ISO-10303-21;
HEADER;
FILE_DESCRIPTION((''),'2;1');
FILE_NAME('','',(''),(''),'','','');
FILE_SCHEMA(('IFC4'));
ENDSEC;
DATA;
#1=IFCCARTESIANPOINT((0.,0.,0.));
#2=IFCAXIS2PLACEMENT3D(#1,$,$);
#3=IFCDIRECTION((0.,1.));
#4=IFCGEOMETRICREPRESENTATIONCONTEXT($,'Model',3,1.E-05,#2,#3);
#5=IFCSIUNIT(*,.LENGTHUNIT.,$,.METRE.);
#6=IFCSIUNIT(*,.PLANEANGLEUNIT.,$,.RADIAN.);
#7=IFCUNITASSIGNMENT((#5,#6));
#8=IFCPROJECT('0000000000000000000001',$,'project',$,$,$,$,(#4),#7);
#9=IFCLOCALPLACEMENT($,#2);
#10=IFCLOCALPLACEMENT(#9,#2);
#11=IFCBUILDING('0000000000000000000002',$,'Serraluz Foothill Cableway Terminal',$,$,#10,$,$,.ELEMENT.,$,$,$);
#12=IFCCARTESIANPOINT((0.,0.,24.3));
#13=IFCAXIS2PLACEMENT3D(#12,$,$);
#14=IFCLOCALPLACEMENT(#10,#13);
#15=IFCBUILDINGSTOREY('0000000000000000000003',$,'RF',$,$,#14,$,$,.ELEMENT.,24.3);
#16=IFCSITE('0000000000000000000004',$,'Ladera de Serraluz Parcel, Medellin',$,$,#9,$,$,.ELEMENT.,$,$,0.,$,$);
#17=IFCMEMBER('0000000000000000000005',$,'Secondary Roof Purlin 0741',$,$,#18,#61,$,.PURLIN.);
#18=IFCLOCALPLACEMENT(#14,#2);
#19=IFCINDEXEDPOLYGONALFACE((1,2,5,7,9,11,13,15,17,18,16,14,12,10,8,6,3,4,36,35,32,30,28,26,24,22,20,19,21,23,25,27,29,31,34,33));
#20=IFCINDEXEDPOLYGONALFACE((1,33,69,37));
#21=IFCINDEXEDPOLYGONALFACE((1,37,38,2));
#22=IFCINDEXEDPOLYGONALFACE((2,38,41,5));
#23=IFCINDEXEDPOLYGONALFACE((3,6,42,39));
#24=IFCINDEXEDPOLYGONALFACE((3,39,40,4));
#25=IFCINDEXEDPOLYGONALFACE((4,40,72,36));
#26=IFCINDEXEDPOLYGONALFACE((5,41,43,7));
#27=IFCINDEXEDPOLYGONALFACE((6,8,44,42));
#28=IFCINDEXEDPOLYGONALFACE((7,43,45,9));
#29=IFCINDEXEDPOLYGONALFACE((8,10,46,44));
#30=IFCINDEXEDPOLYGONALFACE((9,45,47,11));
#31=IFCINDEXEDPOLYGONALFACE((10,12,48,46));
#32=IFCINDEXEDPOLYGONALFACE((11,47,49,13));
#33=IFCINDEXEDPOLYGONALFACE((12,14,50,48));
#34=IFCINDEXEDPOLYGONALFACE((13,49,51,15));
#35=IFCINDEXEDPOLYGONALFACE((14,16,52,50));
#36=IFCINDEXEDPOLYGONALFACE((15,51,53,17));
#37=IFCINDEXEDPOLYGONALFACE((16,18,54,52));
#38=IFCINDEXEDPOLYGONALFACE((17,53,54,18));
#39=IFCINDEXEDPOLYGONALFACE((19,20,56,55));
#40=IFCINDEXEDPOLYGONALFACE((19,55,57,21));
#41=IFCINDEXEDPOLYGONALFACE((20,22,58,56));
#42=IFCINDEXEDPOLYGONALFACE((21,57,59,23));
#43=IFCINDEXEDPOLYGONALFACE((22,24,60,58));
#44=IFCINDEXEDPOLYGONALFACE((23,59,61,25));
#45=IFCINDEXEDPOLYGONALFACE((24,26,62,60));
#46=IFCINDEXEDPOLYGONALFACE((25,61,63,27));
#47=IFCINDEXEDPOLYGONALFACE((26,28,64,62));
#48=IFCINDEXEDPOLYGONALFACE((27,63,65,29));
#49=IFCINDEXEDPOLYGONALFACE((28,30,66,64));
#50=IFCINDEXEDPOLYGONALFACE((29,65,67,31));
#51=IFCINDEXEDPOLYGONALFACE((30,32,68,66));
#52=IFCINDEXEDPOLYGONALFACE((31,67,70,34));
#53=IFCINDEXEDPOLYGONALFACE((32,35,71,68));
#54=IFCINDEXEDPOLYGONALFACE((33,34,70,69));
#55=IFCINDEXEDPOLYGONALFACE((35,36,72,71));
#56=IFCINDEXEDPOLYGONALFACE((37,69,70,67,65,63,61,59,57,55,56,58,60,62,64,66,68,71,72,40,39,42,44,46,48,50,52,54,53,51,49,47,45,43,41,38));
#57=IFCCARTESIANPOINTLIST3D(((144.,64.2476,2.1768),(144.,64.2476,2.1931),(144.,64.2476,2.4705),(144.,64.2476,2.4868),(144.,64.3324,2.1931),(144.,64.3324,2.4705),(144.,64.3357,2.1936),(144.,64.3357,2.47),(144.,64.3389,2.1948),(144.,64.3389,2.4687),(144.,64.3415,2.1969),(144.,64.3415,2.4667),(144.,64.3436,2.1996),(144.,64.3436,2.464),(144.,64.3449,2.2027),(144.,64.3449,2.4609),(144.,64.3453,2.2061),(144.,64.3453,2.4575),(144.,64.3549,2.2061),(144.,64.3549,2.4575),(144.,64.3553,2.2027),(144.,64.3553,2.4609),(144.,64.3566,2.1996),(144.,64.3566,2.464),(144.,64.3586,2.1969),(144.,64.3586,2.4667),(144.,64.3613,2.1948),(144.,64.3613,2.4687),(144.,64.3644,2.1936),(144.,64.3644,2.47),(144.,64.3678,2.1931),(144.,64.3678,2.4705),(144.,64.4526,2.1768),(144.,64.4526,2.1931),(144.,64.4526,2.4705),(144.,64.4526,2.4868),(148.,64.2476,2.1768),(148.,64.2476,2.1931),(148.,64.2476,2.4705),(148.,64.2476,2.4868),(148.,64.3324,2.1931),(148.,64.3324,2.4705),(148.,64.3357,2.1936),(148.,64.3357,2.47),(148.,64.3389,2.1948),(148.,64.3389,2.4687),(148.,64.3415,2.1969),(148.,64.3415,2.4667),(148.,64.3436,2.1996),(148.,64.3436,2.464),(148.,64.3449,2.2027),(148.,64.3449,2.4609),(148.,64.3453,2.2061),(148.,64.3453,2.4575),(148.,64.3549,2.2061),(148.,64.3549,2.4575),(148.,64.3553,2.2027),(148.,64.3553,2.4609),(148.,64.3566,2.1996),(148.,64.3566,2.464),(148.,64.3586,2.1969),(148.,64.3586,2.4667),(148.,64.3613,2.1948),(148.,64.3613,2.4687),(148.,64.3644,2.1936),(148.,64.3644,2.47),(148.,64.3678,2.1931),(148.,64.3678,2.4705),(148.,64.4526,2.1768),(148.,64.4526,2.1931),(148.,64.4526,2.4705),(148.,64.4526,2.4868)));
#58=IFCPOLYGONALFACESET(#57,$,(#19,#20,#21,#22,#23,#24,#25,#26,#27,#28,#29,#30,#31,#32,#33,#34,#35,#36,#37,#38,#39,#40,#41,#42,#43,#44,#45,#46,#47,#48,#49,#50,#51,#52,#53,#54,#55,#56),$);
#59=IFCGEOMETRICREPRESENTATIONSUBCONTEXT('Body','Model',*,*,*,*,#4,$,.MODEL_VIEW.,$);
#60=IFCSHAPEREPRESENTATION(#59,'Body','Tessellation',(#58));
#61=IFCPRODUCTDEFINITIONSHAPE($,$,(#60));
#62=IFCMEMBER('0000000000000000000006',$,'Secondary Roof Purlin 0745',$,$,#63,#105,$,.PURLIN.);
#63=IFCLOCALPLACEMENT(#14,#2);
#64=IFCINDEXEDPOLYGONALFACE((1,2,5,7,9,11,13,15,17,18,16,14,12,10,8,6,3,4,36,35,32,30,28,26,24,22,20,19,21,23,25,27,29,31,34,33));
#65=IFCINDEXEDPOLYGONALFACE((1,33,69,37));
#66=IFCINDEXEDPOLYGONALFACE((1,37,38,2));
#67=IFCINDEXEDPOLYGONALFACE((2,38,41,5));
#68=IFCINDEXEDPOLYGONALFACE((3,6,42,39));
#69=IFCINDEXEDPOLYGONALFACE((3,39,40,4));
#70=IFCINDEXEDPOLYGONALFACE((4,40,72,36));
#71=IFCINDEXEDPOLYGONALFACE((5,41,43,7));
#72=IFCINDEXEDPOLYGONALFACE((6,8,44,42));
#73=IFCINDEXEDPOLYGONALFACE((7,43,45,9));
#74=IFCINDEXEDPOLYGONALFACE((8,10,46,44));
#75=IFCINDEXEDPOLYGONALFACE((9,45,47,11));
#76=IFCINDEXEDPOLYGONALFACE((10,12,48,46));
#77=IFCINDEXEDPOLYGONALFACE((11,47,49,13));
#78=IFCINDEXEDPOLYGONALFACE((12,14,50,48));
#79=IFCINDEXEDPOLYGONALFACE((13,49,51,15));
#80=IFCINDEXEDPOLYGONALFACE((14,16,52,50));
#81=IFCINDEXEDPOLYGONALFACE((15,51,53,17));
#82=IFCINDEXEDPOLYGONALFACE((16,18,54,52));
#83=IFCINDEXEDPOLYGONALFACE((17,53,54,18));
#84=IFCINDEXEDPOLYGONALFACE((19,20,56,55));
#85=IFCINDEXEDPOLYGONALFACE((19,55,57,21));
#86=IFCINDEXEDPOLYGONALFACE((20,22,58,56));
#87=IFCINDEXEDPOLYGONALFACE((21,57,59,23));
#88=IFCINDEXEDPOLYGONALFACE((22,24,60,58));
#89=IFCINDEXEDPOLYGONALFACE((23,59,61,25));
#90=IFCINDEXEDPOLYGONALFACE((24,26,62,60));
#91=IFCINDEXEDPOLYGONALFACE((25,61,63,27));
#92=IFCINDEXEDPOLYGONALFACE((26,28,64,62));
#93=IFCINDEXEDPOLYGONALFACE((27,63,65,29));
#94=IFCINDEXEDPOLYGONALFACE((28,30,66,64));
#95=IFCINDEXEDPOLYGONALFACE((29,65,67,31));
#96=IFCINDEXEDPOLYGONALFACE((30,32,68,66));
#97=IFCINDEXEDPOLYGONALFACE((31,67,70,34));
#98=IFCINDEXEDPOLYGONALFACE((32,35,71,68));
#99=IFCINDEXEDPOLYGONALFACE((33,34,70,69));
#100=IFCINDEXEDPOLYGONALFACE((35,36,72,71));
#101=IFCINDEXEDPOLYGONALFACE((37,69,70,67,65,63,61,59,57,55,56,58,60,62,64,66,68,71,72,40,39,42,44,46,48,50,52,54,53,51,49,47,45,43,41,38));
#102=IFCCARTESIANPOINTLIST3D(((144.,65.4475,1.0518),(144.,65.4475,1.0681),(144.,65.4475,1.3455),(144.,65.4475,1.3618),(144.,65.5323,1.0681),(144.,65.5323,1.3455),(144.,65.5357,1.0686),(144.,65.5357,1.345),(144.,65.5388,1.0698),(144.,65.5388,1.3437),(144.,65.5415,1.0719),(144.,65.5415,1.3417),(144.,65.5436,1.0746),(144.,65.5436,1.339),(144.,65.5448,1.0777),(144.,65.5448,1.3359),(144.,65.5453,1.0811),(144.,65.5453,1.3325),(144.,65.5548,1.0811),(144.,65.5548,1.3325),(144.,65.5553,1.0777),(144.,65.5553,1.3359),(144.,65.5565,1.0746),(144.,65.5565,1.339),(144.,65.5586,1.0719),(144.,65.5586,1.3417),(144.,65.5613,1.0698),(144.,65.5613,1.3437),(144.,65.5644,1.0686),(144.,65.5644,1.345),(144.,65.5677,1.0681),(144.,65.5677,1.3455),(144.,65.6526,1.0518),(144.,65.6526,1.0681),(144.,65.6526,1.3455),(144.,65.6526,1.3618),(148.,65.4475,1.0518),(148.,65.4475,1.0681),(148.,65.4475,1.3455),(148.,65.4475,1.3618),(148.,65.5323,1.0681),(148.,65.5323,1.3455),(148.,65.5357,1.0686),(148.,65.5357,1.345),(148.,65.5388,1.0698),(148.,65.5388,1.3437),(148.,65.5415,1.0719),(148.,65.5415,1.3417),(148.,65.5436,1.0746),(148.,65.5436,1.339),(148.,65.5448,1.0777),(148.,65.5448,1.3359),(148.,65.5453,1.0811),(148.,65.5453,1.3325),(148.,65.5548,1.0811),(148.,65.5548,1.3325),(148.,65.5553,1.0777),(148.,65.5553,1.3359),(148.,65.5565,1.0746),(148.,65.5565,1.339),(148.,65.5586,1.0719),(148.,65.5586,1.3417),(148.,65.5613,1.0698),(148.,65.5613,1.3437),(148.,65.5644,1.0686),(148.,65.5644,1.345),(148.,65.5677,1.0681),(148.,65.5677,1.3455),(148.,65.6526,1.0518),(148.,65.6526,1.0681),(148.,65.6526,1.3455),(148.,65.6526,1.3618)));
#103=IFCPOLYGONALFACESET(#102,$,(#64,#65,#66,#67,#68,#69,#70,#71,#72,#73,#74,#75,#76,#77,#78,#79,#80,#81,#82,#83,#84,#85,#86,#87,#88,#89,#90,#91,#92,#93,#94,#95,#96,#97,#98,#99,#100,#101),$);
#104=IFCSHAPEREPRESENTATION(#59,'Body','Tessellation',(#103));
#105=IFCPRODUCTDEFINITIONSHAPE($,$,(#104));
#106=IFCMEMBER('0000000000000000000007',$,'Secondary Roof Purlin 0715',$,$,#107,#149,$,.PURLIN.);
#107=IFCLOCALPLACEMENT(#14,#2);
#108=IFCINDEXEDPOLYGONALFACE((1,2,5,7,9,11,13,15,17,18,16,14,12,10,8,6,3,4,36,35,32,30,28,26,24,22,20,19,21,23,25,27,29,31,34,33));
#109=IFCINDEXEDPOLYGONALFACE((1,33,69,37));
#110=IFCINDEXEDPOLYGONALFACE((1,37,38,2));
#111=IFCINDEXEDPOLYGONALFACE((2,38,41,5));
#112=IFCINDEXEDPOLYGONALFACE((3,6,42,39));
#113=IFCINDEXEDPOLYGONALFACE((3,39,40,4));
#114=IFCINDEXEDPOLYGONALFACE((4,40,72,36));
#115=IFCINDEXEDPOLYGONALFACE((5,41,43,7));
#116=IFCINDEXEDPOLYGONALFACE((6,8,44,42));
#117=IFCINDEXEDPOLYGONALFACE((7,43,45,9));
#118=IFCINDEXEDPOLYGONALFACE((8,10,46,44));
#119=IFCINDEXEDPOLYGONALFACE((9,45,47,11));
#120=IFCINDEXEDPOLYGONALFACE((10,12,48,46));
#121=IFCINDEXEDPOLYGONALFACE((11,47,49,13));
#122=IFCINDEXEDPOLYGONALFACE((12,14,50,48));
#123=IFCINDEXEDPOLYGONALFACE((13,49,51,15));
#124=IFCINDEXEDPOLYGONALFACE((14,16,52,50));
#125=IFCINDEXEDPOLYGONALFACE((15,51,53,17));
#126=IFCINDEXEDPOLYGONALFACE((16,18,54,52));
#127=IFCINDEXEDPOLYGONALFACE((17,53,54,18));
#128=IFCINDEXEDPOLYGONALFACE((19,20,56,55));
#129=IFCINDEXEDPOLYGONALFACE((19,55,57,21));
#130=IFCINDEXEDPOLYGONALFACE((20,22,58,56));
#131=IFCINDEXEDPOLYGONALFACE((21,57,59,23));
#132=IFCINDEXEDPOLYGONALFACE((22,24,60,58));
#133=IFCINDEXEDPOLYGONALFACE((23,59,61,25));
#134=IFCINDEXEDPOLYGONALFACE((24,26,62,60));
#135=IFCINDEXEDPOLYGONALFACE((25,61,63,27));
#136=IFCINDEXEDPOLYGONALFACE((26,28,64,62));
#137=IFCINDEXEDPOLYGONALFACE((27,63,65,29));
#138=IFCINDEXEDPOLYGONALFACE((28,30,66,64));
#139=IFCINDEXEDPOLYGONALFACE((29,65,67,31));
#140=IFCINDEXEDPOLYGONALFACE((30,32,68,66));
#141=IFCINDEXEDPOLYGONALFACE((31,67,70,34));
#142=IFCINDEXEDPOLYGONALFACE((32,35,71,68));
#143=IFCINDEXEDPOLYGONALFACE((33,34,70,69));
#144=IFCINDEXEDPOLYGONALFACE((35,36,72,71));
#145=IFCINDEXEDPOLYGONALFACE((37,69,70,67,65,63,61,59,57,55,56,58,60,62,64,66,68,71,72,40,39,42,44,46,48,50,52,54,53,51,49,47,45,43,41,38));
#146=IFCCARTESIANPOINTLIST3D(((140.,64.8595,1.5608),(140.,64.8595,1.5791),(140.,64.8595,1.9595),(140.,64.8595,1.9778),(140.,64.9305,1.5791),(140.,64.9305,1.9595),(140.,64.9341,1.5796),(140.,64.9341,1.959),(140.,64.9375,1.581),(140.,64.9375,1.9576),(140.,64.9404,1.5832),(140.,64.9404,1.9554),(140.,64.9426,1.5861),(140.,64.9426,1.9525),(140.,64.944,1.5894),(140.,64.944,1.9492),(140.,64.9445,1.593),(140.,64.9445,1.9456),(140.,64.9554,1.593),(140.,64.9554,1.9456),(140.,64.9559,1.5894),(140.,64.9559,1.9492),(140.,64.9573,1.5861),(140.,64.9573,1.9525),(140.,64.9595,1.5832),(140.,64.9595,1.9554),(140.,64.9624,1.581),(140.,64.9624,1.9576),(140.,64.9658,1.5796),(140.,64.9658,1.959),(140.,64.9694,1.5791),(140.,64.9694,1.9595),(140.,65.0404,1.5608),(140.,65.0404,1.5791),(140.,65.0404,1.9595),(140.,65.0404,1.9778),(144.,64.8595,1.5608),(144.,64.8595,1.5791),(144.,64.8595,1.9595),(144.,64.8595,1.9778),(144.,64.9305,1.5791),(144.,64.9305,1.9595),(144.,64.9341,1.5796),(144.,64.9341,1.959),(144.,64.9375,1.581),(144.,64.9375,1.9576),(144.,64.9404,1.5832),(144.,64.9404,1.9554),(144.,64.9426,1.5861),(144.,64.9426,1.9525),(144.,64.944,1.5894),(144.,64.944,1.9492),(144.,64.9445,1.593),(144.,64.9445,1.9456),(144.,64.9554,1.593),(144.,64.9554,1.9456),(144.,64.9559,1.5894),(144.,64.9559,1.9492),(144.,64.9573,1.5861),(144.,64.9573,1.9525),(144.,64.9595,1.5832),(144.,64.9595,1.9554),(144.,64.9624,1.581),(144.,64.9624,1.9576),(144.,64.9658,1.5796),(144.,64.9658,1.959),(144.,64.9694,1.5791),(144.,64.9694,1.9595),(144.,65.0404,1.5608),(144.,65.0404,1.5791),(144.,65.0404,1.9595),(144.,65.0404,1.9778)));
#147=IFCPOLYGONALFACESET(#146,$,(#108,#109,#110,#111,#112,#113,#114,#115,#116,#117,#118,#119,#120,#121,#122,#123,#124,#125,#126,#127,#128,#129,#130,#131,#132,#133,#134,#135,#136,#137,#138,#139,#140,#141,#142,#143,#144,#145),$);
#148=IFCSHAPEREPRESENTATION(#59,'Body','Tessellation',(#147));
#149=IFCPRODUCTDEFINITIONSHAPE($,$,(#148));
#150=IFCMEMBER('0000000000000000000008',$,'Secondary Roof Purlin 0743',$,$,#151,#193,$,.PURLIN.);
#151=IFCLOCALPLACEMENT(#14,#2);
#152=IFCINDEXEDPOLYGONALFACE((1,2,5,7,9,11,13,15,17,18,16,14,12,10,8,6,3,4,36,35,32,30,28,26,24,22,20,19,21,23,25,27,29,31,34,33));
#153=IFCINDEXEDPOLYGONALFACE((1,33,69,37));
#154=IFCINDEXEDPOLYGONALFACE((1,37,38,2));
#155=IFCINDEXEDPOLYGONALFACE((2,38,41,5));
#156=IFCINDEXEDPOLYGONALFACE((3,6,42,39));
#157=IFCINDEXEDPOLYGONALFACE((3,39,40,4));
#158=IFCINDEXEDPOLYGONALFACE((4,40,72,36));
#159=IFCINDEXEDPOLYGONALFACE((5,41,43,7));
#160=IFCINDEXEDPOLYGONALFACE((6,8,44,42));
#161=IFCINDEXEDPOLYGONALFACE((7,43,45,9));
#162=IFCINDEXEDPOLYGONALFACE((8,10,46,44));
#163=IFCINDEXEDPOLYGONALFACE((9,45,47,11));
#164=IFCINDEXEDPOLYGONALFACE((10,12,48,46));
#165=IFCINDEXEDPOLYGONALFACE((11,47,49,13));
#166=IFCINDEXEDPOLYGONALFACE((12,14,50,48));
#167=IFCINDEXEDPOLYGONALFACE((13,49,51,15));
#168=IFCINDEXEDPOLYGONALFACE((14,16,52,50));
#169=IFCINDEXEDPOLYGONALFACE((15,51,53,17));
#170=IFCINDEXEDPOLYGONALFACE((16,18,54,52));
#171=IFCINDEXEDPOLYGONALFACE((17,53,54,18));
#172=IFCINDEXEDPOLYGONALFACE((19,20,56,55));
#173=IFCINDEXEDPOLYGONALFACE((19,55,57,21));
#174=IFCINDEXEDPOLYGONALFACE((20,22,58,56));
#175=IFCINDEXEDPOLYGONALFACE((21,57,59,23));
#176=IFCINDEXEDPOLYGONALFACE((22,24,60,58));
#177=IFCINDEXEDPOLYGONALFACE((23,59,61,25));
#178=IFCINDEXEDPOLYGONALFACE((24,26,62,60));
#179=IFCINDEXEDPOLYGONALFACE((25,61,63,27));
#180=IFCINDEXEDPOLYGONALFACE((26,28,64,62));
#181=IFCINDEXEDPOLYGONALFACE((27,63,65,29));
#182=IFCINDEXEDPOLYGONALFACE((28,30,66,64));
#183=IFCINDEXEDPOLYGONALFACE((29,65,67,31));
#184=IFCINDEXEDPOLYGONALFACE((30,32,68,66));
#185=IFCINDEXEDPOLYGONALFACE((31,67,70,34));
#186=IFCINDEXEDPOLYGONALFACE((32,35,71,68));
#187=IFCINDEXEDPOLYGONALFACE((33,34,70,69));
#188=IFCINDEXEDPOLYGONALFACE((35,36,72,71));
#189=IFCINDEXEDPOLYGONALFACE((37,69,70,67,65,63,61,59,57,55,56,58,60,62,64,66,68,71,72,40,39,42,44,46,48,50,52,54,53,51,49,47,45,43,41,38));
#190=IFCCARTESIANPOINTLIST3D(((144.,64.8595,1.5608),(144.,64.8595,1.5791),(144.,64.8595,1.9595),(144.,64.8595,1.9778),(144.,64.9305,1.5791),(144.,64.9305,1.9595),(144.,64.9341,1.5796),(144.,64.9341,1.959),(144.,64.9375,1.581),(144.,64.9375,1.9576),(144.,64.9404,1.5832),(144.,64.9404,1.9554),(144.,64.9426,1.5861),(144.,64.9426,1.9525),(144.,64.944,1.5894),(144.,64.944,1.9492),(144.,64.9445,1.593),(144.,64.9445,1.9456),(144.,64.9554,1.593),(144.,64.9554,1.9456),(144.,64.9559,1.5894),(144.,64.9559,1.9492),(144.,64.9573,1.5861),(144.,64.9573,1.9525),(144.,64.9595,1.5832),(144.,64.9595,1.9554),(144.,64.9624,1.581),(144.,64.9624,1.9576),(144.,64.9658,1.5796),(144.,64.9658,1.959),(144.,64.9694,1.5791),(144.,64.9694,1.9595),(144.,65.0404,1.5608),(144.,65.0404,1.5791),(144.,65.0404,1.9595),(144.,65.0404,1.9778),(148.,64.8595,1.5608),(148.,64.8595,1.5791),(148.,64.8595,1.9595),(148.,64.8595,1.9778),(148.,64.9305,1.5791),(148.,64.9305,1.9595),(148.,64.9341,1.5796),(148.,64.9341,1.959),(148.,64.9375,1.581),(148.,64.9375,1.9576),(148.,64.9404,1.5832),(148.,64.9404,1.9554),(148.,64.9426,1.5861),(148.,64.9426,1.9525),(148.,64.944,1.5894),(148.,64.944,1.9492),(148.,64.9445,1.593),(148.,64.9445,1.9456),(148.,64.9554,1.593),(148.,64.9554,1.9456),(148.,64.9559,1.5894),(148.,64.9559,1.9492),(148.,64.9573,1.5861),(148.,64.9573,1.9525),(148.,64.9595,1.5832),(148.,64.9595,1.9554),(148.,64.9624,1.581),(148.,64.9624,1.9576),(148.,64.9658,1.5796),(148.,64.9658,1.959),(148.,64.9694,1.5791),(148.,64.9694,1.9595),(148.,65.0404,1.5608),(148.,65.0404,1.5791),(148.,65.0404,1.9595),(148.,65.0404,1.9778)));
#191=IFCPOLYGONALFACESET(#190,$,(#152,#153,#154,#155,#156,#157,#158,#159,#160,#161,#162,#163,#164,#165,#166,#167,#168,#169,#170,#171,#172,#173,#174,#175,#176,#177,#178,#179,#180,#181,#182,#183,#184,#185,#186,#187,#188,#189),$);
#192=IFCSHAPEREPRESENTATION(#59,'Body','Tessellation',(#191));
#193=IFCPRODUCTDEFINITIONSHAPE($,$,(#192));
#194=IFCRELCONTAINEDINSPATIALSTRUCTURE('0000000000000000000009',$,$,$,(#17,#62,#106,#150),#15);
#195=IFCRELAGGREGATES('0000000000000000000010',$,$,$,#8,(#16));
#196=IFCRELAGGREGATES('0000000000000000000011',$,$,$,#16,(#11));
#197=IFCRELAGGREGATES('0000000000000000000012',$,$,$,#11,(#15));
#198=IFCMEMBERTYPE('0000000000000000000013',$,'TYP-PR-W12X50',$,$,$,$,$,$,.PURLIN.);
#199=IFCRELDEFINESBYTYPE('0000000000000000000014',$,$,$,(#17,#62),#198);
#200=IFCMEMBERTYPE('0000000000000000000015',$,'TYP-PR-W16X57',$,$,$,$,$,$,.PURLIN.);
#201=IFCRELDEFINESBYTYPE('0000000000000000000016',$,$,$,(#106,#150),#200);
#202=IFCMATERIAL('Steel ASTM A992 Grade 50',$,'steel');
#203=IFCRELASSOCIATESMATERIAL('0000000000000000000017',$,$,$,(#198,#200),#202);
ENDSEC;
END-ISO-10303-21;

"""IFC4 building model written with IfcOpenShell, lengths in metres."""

from ifc_helpers import new_model, si_unit, direction, frame, origin, origin_2d, place, context, subcontext, project, spatial, i_section, extrude, material, material_profile, profile_set, type_object, element, save


model = new_model("IFC4")

# Units and contexts
model_context = context("Model", 3, precision=1e-05, world=origin(), true_north=direction((0.0, 1.0)))
body_context = subcontext(model_context, "Body", "Model", "MODEL_VIEW")
ifc_project = project(units=[si_unit("LENGTHUNIT", "METRE"), si_unit("PLANEANGLEUNIT", "RADIAN")], contexts=[model_context])

# Site, building, storey
site_placement = place(None, origin())
site = spatial("IfcSite", under=ifc_project, at=site_placement, Name="Ladera de Serraluz Parcel, Medellin", CompositionType="ELEMENT", RefElevation=0.0)
building_placement = place(site_placement, origin())
building = spatial("IfcBuilding", under=site, at=building_placement, Name="Serraluz Foothill Cableway Terminal", CompositionType="ELEMENT")
storey_placement = place(building_placement, frame((0.0, 0.0, 24.3)))
storey = spatial("IfcBuildingStorey", under=building, at=storey_placement, Name="RF", CompositionType="ELEMENT", Elevation=24.3)

# Members
ifc_material_1 = material(Name="Steel ASTM A992 Grade 50", Category="steel")
ifc_material_profile_1 = material_profile(ifc_material_1, i_section(OverallWidth=0.2051, OverallDepth=0.3101, WebThickness=0.0095, FlangeThickness=0.0164, FilletRadius=0.0129, at=origin_2d()), Name="W12X50")
ifc_profile_set_1 = profile_set([ifc_material_profile_1], Name="Steel ASTM A992 Grade 50")
member_type_1 = type_object("IfcMemberType", Name="TYP-PR-W12X50", PredefinedType="PURLIN", material=ifc_profile_set_1)
for number, where, z_axis, x_axis, name in (
    (1, (144.0, 64.3501, 2.3318), (1.0, 0.0, 0.0), (0.0, 1.0, 0.0), "Secondary Roof Purlin 0741"),
    (2, (144.0, 65.55, 1.2068), (1.0, 0.0, 0.0), (0.0, 1.0, 0.0), "Secondary Roof Purlin 0745"),
):
    element("IfcMember", number, at=place(storey_placement, frame(where, z_axis=z_axis, x_axis=x_axis)), inside=storey, type_object=member_type_1, Name=name, PredefinedType="PURLIN", context=body_context, shape_type="SweptSolid", body=[
        extrude(i_section(OverallWidth=0.2051, OverallDepth=0.3101, WebThickness=0.0095, FlangeThickness=0.0164, FilletRadius=0.0129, at=origin_2d()), origin(), (0.0, 0.0, 1.0), 4.0),
    ])
ifc_material_profile_2 = material_profile(ifc_material_1, i_section(OverallWidth=0.1809, OverallDepth=0.417, WebThickness=0.011, FlangeThickness=0.0183, FilletRadius=0.0139, at=origin_2d()), Name="W16X57")
ifc_profile_set_2 = profile_set([ifc_material_profile_2], Name="Steel ASTM A992 Grade 50")
member_type_2 = type_object("IfcMemberType", Name="TYP-PR-W16X57", PredefinedType="PURLIN", material=ifc_profile_set_2)
for number, where, z_axis, x_axis, name in (
    (3, (140.0, 64.95, 1.7693), (1.0, 0.0, 0.0), (0.0, 1.0, 0.0), "Secondary Roof Purlin 0715"),
    (4, (144.0, 64.95, 1.7693), (1.0, 0.0, 0.0), (0.0, 1.0, 0.0), "Secondary Roof Purlin 0743"),
):
    element("IfcMember", number, at=place(storey_placement, frame(where, z_axis=z_axis, x_axis=x_axis)), inside=storey, type_object=member_type_2, Name=name, PredefinedType="PURLIN", context=body_context, shape_type="SweptSolid", body=[
        extrude(i_section(OverallWidth=0.1809, OverallDepth=0.417, WebThickness=0.011, FlangeThickness=0.0183, FilletRadius=0.0139, at=origin_2d()), origin(), (0.0, 0.0, 1.0), 4.0),
    ])

save(model, "model.ifc")
